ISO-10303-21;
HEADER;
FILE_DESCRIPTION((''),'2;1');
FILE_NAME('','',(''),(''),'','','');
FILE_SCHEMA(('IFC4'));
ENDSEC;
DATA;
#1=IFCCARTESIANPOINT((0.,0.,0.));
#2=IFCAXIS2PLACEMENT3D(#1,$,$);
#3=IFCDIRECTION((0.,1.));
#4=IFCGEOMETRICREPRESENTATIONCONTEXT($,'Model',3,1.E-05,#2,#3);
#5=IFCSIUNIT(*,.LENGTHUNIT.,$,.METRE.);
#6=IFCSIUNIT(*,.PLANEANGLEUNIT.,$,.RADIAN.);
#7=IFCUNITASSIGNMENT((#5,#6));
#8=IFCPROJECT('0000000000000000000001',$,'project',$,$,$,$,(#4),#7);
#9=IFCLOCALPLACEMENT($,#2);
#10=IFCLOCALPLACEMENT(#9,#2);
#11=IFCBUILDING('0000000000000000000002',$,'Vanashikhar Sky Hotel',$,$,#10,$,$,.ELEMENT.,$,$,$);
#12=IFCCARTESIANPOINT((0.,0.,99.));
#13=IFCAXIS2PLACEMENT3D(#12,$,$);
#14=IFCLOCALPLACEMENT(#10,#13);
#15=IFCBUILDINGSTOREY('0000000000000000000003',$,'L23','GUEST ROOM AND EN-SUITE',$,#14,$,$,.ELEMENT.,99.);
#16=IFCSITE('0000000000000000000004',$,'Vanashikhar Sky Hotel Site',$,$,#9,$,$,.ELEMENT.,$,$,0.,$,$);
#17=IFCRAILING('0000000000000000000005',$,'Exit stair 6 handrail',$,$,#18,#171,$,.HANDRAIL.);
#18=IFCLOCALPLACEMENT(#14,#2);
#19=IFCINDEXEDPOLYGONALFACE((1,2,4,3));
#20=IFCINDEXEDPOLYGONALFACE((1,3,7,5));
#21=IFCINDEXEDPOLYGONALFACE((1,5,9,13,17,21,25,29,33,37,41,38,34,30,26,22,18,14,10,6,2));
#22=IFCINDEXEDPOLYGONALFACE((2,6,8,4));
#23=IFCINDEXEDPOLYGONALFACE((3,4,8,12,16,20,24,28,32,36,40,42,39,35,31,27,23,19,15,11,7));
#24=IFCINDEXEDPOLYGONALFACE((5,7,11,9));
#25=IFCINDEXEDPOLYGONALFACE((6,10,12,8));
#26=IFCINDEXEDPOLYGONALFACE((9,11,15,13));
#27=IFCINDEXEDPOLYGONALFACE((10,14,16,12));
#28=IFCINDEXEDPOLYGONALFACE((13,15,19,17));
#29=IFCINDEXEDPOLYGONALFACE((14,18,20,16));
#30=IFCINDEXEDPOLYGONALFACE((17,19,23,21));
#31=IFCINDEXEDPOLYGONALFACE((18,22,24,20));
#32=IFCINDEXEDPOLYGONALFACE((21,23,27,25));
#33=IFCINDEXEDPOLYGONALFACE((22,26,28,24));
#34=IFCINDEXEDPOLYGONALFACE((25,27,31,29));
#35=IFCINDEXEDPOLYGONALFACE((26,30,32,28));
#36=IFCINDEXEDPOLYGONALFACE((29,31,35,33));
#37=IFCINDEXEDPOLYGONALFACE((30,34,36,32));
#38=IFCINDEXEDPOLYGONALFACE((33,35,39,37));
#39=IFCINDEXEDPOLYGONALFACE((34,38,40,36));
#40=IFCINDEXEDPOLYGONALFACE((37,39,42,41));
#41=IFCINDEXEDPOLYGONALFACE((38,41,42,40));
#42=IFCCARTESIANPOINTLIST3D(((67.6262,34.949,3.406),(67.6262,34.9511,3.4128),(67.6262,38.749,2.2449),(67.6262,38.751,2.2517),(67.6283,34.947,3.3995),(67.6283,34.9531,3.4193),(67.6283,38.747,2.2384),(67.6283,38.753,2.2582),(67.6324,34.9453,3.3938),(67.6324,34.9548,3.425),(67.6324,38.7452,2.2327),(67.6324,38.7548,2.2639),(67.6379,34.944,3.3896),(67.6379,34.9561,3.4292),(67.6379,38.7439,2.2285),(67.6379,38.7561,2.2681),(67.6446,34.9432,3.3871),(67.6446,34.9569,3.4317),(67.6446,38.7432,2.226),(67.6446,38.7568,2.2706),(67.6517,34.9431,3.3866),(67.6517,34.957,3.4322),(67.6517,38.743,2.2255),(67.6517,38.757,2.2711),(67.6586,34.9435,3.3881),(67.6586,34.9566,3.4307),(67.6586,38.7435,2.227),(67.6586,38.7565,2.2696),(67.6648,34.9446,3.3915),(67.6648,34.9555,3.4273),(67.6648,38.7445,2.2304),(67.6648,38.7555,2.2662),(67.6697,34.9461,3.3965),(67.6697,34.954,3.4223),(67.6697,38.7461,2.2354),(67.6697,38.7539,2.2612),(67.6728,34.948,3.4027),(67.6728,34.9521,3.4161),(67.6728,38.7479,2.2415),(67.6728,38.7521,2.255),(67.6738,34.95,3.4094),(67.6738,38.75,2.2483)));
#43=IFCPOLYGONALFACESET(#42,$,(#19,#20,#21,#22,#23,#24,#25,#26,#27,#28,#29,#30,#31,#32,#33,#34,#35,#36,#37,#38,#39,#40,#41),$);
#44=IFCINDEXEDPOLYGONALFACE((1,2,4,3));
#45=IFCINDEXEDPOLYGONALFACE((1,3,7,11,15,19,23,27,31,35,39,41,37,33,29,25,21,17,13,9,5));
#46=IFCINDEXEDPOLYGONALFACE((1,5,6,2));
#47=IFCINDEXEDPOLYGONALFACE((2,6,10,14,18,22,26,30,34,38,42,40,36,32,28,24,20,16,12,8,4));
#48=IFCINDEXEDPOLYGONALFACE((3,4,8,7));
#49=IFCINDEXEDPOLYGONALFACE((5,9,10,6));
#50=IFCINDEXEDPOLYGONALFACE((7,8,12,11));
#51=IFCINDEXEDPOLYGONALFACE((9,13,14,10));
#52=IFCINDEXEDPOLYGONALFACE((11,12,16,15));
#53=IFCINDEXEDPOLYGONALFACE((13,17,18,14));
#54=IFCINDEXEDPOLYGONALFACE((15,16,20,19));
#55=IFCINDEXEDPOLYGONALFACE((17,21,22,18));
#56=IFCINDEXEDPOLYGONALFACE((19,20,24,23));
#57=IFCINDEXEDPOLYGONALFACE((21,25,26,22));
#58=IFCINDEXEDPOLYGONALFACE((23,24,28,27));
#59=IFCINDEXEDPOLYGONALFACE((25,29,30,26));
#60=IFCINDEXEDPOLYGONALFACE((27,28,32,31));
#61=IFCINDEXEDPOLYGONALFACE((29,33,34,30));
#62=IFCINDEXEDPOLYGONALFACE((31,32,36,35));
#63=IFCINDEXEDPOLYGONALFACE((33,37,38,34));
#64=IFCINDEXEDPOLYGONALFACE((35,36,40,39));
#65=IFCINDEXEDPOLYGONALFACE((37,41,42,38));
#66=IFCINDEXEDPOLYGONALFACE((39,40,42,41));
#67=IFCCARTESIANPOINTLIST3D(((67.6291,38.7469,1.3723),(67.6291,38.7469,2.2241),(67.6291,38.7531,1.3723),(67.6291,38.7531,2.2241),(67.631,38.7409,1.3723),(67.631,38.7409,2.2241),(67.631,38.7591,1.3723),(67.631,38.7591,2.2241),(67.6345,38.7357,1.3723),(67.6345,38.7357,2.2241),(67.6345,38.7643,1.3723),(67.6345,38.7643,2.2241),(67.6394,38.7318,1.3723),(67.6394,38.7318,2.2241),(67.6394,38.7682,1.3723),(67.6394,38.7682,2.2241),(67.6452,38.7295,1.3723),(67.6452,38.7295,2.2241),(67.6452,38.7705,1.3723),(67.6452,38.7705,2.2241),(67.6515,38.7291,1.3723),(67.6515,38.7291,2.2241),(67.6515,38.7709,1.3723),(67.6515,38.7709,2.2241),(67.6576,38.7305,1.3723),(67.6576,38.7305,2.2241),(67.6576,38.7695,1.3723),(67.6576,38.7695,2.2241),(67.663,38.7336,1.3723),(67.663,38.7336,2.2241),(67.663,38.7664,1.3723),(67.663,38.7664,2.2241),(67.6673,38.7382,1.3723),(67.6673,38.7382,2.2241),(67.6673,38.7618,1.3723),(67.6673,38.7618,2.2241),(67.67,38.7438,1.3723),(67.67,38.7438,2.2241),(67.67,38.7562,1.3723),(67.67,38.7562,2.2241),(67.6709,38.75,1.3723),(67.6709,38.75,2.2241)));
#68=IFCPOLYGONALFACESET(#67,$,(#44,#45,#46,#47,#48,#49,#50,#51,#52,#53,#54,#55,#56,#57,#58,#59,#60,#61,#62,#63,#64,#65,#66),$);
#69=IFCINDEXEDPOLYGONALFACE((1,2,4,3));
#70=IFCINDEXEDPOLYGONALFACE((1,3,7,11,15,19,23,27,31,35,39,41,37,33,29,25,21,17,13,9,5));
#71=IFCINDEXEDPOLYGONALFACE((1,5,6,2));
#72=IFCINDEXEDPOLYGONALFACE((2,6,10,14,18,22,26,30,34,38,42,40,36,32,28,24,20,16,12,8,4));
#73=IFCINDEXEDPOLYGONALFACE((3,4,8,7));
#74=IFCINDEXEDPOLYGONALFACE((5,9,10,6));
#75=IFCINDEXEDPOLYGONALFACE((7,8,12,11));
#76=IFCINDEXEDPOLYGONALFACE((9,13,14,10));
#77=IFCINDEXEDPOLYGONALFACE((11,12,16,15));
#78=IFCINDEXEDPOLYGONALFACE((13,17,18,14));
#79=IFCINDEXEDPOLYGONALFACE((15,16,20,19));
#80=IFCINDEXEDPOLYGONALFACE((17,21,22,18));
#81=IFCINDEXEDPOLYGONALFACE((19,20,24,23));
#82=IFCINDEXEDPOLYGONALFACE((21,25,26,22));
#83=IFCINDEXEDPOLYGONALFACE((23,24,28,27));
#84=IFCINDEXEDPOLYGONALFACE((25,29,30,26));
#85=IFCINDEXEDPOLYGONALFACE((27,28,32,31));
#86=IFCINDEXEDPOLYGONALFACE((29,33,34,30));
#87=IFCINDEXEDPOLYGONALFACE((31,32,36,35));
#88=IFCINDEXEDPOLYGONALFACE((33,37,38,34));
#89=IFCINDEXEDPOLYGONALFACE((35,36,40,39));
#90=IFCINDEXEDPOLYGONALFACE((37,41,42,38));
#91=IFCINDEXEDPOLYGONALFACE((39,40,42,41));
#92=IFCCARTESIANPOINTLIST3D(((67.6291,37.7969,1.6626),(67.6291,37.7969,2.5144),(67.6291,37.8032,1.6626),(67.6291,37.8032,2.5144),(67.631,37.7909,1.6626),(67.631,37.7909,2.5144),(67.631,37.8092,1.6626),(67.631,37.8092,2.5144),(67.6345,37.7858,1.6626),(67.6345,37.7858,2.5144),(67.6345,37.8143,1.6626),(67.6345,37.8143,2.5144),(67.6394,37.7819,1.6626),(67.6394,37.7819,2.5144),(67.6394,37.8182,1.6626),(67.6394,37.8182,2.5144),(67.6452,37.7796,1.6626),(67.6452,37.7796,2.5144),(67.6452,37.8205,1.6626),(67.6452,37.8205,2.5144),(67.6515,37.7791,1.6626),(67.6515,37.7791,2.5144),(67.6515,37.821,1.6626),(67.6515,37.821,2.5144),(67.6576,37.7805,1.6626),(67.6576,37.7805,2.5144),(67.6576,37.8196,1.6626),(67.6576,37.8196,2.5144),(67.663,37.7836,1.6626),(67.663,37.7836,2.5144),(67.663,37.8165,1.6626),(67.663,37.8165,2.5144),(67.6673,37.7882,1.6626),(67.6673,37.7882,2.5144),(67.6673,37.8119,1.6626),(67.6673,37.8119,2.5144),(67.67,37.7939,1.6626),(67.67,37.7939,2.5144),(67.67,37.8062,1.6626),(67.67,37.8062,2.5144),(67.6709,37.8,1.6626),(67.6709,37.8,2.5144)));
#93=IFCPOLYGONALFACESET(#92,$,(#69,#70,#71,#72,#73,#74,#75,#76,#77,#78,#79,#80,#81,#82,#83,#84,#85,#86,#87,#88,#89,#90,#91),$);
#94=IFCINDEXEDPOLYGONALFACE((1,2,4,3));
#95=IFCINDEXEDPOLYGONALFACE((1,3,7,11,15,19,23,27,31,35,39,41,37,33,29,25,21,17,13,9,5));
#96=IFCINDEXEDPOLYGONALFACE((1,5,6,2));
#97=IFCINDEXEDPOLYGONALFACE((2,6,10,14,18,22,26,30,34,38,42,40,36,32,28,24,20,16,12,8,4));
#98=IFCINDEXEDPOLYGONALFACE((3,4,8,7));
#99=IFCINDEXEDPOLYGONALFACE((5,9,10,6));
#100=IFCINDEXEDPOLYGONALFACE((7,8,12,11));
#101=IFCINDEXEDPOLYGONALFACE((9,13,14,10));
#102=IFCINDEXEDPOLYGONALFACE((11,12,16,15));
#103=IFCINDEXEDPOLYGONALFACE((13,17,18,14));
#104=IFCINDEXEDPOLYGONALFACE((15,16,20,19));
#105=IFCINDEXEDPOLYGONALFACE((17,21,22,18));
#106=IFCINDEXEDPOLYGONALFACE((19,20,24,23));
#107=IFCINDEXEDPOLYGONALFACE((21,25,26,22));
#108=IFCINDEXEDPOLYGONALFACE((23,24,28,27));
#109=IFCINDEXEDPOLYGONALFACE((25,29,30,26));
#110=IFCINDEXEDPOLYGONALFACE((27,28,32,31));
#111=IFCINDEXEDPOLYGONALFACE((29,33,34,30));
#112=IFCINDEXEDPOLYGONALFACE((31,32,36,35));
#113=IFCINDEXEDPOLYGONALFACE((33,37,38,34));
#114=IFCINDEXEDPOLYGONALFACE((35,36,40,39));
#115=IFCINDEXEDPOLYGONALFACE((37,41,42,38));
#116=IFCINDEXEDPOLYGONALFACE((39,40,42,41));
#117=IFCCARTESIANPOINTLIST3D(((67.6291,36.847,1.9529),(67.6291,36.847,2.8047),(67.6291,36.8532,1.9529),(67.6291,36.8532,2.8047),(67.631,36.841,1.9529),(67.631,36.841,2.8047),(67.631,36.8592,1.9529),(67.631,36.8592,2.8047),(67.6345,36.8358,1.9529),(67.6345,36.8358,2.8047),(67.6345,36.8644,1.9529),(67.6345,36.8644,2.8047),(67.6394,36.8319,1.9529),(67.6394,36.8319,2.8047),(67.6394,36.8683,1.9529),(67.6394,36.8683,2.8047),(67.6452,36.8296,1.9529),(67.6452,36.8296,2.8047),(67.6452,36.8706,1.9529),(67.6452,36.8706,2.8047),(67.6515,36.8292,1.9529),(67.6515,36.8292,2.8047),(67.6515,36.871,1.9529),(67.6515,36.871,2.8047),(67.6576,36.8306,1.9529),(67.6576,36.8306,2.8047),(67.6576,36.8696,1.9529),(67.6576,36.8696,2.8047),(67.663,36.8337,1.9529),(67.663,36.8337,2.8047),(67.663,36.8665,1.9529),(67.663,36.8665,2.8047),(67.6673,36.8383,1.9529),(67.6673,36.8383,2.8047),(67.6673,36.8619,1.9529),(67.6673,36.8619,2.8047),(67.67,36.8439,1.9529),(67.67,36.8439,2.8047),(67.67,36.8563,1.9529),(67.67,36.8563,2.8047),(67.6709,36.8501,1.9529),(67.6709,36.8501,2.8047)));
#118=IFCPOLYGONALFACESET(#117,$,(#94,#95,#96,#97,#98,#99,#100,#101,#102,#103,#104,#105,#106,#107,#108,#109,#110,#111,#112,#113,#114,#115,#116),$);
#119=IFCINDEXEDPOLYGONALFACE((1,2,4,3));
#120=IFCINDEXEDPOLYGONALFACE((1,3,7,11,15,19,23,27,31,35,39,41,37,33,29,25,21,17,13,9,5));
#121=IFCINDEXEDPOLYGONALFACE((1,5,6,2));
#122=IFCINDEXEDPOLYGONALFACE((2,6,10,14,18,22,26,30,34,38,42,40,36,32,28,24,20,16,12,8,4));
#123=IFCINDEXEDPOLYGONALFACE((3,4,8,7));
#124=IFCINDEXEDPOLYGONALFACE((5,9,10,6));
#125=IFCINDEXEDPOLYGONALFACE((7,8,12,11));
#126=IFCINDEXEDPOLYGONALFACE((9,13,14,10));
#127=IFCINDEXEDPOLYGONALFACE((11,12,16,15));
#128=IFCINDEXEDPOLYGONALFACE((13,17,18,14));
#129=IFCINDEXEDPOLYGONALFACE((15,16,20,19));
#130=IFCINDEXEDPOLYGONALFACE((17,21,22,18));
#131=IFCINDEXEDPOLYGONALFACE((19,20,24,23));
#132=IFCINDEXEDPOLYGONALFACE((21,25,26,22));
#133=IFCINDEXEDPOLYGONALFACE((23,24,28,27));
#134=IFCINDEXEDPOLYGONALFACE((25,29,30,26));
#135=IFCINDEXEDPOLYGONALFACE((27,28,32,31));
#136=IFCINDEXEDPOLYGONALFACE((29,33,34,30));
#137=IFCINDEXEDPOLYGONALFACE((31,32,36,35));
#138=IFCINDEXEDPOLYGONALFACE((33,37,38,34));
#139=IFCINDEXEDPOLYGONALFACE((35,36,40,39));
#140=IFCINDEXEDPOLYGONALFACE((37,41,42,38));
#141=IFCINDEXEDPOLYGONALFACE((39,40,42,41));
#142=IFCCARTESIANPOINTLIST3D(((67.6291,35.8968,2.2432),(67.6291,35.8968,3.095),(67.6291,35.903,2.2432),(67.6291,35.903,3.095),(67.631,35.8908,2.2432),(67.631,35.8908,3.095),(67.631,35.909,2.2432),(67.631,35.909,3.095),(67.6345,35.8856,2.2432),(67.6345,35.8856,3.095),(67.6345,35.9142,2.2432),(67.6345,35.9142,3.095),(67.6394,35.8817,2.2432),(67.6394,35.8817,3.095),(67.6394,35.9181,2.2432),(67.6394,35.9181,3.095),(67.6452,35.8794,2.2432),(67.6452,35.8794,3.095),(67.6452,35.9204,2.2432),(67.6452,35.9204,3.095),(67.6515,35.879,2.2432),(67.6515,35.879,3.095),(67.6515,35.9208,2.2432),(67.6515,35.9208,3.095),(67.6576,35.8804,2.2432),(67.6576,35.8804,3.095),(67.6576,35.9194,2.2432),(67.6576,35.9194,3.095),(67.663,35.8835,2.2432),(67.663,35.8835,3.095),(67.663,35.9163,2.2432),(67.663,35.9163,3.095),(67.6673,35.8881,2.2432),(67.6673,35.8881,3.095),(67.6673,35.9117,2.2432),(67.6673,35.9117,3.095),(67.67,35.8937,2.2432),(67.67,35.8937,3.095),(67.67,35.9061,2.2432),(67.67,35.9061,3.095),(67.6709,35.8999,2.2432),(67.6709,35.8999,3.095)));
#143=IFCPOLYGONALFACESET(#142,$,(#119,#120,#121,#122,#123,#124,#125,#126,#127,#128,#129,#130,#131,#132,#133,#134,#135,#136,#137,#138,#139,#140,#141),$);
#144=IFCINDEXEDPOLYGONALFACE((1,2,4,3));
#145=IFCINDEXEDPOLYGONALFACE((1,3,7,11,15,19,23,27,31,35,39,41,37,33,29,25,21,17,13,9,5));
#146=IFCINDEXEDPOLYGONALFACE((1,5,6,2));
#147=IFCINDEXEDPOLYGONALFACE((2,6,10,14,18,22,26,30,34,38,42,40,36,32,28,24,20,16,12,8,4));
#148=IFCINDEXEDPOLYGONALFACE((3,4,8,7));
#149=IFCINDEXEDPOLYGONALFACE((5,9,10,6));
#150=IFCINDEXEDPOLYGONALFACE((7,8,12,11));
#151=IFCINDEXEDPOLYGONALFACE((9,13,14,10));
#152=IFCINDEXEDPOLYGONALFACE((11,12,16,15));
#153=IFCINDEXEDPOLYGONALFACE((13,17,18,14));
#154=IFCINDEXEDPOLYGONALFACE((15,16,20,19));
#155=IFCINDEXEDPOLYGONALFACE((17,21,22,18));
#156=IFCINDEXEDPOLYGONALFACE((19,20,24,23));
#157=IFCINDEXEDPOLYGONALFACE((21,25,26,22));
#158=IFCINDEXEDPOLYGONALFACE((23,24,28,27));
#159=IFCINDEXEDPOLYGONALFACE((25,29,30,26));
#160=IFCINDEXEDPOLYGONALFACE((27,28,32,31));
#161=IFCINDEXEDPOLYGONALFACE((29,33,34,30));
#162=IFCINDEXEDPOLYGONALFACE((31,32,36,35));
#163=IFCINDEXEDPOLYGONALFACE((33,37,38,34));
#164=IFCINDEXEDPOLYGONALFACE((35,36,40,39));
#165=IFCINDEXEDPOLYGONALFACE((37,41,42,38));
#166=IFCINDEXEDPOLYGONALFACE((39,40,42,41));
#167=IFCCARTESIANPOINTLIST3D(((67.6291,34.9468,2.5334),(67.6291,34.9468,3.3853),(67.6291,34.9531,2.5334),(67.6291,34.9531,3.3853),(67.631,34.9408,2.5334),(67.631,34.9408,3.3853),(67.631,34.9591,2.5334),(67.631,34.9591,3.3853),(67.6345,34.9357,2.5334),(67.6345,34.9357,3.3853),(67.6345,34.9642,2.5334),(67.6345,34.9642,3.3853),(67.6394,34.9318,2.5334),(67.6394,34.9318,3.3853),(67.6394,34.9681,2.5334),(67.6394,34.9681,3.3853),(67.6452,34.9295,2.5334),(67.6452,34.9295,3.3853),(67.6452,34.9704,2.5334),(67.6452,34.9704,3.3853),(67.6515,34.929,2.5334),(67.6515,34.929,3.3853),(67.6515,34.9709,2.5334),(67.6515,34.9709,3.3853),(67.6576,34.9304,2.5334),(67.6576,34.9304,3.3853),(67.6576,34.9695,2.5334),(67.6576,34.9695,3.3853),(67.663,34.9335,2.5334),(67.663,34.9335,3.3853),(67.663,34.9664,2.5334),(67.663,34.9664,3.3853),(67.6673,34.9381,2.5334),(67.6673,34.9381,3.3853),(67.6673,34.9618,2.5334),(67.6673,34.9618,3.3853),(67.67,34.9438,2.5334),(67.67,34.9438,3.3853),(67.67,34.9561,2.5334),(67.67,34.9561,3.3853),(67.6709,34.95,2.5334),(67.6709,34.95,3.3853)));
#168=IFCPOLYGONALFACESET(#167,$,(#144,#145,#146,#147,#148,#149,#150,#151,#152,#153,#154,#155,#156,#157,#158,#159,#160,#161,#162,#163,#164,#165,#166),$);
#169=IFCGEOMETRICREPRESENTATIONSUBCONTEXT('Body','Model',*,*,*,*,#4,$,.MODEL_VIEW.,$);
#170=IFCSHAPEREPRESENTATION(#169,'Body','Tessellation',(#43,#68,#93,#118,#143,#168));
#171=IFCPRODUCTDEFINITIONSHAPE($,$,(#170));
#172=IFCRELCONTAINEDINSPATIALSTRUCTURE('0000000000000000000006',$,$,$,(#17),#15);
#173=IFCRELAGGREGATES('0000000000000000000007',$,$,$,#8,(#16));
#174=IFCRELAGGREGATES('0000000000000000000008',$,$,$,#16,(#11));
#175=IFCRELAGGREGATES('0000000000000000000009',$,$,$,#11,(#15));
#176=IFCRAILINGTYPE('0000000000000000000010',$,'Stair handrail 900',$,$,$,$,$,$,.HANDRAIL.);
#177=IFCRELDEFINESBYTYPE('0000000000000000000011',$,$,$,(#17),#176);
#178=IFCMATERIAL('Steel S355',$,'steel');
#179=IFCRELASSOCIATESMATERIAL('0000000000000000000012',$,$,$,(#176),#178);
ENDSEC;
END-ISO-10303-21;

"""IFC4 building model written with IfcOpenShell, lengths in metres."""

from ifc_helpers import new_model, si_unit, direction, frame, origin, origin_2d, place, context, subcontext, project, spatial, circle, extrude, source, transform, mapped, material, type_object, element, save


model = new_model("IFC4")

# Units and contexts
model_context = context("Model", 3, precision=1e-05, world=origin(), true_north=direction((0.0, 1.0)))
body_context = subcontext(model_context, "Body", "Model", "MODEL_VIEW")
ifc_project = project(units=[si_unit("LENGTHUNIT", "METRE"), si_unit("PLANEANGLEUNIT", "RADIAN")], contexts=[model_context])

# Site, building, storey
site_placement = place(None, origin())
site = spatial("IfcSite", under=ifc_project, at=site_placement, Name="Vanashikhar Sky Hotel Site", CompositionType="ELEMENT", RefElevation=0.0)
building_placement = place(site_placement, origin())
building = spatial("IfcBuilding", under=site, at=building_placement, Name="Vanashikhar Sky Hotel", CompositionType="ELEMENT")
storey_placement = place(building_placement, frame((0.0, 0.0, 99.0)))
storey = spatial("IfcBuildingStorey", under=building, at=storey_placement, Name="L23", Description="GUEST ROOM AND EN-SUITE", CompositionType="ELEMENT", Elevation=99.0)

# Railing
ifc_material_1 = material(Name="Steel S355", Category="steel")
railing_type_1 = type_object("IfcRailingType", Name="Stair handrail 900", PredefinedType="HANDRAIL", material=ifc_material_1)
shared_shape_1 = source(origin(), body_context, "Body", "SweptSolid", [
    extrude(circle(Radius=0.0239, at=origin_2d()), frame((0.0, 0.0, 0.876), z_axis=(0.0, -0.956351, 0.29222), x_axis=(1.0, 0.0, 0.0)), (0.0, 0.0, 1.0), 3.9734),
    extrude(circle(Radius=0.021, at=origin_2d()), origin(), (0.0, 0.0, 1.0), 0.8518),
    extrude(circle(Radius=0.021, at=origin_2d()), frame((0.0, -0.95, 0.2903)), (0.0, 0.0, 1.0), 0.8518),
    extrude(circle(Radius=0.021, at=origin_2d()), frame((0.0, -1.8999, 0.5806)), (0.0, 0.0, 1.0), 0.8518),
    extrude(circle(Radius=0.021, at=origin_2d()), frame((0.0, -2.8501, 0.8708)), (0.0, 0.0, 1.0), 0.8518),
    extrude(circle(Radius=0.021, at=origin_2d()), frame((0.0, -3.8, 1.1611)), (0.0, 0.0, 1.0), 0.8518),
])
for number, where, name in (
    (1, (67.6499, 38.75, 1.3723), "Exit stair 6 handrail"),
):
    element("IfcRailing", number, at=place(storey_placement, frame(where)), inside=storey, type_object=railing_type_1, Name=name, PredefinedType="HANDRAIL", context=body_context, shape_type="MappedRepresentation", body=[
        mapped(shared_shape_1, transform((0.0, 0.0, 0.0), scale=1.0)),
    ])

save(model, "model.ifc")
